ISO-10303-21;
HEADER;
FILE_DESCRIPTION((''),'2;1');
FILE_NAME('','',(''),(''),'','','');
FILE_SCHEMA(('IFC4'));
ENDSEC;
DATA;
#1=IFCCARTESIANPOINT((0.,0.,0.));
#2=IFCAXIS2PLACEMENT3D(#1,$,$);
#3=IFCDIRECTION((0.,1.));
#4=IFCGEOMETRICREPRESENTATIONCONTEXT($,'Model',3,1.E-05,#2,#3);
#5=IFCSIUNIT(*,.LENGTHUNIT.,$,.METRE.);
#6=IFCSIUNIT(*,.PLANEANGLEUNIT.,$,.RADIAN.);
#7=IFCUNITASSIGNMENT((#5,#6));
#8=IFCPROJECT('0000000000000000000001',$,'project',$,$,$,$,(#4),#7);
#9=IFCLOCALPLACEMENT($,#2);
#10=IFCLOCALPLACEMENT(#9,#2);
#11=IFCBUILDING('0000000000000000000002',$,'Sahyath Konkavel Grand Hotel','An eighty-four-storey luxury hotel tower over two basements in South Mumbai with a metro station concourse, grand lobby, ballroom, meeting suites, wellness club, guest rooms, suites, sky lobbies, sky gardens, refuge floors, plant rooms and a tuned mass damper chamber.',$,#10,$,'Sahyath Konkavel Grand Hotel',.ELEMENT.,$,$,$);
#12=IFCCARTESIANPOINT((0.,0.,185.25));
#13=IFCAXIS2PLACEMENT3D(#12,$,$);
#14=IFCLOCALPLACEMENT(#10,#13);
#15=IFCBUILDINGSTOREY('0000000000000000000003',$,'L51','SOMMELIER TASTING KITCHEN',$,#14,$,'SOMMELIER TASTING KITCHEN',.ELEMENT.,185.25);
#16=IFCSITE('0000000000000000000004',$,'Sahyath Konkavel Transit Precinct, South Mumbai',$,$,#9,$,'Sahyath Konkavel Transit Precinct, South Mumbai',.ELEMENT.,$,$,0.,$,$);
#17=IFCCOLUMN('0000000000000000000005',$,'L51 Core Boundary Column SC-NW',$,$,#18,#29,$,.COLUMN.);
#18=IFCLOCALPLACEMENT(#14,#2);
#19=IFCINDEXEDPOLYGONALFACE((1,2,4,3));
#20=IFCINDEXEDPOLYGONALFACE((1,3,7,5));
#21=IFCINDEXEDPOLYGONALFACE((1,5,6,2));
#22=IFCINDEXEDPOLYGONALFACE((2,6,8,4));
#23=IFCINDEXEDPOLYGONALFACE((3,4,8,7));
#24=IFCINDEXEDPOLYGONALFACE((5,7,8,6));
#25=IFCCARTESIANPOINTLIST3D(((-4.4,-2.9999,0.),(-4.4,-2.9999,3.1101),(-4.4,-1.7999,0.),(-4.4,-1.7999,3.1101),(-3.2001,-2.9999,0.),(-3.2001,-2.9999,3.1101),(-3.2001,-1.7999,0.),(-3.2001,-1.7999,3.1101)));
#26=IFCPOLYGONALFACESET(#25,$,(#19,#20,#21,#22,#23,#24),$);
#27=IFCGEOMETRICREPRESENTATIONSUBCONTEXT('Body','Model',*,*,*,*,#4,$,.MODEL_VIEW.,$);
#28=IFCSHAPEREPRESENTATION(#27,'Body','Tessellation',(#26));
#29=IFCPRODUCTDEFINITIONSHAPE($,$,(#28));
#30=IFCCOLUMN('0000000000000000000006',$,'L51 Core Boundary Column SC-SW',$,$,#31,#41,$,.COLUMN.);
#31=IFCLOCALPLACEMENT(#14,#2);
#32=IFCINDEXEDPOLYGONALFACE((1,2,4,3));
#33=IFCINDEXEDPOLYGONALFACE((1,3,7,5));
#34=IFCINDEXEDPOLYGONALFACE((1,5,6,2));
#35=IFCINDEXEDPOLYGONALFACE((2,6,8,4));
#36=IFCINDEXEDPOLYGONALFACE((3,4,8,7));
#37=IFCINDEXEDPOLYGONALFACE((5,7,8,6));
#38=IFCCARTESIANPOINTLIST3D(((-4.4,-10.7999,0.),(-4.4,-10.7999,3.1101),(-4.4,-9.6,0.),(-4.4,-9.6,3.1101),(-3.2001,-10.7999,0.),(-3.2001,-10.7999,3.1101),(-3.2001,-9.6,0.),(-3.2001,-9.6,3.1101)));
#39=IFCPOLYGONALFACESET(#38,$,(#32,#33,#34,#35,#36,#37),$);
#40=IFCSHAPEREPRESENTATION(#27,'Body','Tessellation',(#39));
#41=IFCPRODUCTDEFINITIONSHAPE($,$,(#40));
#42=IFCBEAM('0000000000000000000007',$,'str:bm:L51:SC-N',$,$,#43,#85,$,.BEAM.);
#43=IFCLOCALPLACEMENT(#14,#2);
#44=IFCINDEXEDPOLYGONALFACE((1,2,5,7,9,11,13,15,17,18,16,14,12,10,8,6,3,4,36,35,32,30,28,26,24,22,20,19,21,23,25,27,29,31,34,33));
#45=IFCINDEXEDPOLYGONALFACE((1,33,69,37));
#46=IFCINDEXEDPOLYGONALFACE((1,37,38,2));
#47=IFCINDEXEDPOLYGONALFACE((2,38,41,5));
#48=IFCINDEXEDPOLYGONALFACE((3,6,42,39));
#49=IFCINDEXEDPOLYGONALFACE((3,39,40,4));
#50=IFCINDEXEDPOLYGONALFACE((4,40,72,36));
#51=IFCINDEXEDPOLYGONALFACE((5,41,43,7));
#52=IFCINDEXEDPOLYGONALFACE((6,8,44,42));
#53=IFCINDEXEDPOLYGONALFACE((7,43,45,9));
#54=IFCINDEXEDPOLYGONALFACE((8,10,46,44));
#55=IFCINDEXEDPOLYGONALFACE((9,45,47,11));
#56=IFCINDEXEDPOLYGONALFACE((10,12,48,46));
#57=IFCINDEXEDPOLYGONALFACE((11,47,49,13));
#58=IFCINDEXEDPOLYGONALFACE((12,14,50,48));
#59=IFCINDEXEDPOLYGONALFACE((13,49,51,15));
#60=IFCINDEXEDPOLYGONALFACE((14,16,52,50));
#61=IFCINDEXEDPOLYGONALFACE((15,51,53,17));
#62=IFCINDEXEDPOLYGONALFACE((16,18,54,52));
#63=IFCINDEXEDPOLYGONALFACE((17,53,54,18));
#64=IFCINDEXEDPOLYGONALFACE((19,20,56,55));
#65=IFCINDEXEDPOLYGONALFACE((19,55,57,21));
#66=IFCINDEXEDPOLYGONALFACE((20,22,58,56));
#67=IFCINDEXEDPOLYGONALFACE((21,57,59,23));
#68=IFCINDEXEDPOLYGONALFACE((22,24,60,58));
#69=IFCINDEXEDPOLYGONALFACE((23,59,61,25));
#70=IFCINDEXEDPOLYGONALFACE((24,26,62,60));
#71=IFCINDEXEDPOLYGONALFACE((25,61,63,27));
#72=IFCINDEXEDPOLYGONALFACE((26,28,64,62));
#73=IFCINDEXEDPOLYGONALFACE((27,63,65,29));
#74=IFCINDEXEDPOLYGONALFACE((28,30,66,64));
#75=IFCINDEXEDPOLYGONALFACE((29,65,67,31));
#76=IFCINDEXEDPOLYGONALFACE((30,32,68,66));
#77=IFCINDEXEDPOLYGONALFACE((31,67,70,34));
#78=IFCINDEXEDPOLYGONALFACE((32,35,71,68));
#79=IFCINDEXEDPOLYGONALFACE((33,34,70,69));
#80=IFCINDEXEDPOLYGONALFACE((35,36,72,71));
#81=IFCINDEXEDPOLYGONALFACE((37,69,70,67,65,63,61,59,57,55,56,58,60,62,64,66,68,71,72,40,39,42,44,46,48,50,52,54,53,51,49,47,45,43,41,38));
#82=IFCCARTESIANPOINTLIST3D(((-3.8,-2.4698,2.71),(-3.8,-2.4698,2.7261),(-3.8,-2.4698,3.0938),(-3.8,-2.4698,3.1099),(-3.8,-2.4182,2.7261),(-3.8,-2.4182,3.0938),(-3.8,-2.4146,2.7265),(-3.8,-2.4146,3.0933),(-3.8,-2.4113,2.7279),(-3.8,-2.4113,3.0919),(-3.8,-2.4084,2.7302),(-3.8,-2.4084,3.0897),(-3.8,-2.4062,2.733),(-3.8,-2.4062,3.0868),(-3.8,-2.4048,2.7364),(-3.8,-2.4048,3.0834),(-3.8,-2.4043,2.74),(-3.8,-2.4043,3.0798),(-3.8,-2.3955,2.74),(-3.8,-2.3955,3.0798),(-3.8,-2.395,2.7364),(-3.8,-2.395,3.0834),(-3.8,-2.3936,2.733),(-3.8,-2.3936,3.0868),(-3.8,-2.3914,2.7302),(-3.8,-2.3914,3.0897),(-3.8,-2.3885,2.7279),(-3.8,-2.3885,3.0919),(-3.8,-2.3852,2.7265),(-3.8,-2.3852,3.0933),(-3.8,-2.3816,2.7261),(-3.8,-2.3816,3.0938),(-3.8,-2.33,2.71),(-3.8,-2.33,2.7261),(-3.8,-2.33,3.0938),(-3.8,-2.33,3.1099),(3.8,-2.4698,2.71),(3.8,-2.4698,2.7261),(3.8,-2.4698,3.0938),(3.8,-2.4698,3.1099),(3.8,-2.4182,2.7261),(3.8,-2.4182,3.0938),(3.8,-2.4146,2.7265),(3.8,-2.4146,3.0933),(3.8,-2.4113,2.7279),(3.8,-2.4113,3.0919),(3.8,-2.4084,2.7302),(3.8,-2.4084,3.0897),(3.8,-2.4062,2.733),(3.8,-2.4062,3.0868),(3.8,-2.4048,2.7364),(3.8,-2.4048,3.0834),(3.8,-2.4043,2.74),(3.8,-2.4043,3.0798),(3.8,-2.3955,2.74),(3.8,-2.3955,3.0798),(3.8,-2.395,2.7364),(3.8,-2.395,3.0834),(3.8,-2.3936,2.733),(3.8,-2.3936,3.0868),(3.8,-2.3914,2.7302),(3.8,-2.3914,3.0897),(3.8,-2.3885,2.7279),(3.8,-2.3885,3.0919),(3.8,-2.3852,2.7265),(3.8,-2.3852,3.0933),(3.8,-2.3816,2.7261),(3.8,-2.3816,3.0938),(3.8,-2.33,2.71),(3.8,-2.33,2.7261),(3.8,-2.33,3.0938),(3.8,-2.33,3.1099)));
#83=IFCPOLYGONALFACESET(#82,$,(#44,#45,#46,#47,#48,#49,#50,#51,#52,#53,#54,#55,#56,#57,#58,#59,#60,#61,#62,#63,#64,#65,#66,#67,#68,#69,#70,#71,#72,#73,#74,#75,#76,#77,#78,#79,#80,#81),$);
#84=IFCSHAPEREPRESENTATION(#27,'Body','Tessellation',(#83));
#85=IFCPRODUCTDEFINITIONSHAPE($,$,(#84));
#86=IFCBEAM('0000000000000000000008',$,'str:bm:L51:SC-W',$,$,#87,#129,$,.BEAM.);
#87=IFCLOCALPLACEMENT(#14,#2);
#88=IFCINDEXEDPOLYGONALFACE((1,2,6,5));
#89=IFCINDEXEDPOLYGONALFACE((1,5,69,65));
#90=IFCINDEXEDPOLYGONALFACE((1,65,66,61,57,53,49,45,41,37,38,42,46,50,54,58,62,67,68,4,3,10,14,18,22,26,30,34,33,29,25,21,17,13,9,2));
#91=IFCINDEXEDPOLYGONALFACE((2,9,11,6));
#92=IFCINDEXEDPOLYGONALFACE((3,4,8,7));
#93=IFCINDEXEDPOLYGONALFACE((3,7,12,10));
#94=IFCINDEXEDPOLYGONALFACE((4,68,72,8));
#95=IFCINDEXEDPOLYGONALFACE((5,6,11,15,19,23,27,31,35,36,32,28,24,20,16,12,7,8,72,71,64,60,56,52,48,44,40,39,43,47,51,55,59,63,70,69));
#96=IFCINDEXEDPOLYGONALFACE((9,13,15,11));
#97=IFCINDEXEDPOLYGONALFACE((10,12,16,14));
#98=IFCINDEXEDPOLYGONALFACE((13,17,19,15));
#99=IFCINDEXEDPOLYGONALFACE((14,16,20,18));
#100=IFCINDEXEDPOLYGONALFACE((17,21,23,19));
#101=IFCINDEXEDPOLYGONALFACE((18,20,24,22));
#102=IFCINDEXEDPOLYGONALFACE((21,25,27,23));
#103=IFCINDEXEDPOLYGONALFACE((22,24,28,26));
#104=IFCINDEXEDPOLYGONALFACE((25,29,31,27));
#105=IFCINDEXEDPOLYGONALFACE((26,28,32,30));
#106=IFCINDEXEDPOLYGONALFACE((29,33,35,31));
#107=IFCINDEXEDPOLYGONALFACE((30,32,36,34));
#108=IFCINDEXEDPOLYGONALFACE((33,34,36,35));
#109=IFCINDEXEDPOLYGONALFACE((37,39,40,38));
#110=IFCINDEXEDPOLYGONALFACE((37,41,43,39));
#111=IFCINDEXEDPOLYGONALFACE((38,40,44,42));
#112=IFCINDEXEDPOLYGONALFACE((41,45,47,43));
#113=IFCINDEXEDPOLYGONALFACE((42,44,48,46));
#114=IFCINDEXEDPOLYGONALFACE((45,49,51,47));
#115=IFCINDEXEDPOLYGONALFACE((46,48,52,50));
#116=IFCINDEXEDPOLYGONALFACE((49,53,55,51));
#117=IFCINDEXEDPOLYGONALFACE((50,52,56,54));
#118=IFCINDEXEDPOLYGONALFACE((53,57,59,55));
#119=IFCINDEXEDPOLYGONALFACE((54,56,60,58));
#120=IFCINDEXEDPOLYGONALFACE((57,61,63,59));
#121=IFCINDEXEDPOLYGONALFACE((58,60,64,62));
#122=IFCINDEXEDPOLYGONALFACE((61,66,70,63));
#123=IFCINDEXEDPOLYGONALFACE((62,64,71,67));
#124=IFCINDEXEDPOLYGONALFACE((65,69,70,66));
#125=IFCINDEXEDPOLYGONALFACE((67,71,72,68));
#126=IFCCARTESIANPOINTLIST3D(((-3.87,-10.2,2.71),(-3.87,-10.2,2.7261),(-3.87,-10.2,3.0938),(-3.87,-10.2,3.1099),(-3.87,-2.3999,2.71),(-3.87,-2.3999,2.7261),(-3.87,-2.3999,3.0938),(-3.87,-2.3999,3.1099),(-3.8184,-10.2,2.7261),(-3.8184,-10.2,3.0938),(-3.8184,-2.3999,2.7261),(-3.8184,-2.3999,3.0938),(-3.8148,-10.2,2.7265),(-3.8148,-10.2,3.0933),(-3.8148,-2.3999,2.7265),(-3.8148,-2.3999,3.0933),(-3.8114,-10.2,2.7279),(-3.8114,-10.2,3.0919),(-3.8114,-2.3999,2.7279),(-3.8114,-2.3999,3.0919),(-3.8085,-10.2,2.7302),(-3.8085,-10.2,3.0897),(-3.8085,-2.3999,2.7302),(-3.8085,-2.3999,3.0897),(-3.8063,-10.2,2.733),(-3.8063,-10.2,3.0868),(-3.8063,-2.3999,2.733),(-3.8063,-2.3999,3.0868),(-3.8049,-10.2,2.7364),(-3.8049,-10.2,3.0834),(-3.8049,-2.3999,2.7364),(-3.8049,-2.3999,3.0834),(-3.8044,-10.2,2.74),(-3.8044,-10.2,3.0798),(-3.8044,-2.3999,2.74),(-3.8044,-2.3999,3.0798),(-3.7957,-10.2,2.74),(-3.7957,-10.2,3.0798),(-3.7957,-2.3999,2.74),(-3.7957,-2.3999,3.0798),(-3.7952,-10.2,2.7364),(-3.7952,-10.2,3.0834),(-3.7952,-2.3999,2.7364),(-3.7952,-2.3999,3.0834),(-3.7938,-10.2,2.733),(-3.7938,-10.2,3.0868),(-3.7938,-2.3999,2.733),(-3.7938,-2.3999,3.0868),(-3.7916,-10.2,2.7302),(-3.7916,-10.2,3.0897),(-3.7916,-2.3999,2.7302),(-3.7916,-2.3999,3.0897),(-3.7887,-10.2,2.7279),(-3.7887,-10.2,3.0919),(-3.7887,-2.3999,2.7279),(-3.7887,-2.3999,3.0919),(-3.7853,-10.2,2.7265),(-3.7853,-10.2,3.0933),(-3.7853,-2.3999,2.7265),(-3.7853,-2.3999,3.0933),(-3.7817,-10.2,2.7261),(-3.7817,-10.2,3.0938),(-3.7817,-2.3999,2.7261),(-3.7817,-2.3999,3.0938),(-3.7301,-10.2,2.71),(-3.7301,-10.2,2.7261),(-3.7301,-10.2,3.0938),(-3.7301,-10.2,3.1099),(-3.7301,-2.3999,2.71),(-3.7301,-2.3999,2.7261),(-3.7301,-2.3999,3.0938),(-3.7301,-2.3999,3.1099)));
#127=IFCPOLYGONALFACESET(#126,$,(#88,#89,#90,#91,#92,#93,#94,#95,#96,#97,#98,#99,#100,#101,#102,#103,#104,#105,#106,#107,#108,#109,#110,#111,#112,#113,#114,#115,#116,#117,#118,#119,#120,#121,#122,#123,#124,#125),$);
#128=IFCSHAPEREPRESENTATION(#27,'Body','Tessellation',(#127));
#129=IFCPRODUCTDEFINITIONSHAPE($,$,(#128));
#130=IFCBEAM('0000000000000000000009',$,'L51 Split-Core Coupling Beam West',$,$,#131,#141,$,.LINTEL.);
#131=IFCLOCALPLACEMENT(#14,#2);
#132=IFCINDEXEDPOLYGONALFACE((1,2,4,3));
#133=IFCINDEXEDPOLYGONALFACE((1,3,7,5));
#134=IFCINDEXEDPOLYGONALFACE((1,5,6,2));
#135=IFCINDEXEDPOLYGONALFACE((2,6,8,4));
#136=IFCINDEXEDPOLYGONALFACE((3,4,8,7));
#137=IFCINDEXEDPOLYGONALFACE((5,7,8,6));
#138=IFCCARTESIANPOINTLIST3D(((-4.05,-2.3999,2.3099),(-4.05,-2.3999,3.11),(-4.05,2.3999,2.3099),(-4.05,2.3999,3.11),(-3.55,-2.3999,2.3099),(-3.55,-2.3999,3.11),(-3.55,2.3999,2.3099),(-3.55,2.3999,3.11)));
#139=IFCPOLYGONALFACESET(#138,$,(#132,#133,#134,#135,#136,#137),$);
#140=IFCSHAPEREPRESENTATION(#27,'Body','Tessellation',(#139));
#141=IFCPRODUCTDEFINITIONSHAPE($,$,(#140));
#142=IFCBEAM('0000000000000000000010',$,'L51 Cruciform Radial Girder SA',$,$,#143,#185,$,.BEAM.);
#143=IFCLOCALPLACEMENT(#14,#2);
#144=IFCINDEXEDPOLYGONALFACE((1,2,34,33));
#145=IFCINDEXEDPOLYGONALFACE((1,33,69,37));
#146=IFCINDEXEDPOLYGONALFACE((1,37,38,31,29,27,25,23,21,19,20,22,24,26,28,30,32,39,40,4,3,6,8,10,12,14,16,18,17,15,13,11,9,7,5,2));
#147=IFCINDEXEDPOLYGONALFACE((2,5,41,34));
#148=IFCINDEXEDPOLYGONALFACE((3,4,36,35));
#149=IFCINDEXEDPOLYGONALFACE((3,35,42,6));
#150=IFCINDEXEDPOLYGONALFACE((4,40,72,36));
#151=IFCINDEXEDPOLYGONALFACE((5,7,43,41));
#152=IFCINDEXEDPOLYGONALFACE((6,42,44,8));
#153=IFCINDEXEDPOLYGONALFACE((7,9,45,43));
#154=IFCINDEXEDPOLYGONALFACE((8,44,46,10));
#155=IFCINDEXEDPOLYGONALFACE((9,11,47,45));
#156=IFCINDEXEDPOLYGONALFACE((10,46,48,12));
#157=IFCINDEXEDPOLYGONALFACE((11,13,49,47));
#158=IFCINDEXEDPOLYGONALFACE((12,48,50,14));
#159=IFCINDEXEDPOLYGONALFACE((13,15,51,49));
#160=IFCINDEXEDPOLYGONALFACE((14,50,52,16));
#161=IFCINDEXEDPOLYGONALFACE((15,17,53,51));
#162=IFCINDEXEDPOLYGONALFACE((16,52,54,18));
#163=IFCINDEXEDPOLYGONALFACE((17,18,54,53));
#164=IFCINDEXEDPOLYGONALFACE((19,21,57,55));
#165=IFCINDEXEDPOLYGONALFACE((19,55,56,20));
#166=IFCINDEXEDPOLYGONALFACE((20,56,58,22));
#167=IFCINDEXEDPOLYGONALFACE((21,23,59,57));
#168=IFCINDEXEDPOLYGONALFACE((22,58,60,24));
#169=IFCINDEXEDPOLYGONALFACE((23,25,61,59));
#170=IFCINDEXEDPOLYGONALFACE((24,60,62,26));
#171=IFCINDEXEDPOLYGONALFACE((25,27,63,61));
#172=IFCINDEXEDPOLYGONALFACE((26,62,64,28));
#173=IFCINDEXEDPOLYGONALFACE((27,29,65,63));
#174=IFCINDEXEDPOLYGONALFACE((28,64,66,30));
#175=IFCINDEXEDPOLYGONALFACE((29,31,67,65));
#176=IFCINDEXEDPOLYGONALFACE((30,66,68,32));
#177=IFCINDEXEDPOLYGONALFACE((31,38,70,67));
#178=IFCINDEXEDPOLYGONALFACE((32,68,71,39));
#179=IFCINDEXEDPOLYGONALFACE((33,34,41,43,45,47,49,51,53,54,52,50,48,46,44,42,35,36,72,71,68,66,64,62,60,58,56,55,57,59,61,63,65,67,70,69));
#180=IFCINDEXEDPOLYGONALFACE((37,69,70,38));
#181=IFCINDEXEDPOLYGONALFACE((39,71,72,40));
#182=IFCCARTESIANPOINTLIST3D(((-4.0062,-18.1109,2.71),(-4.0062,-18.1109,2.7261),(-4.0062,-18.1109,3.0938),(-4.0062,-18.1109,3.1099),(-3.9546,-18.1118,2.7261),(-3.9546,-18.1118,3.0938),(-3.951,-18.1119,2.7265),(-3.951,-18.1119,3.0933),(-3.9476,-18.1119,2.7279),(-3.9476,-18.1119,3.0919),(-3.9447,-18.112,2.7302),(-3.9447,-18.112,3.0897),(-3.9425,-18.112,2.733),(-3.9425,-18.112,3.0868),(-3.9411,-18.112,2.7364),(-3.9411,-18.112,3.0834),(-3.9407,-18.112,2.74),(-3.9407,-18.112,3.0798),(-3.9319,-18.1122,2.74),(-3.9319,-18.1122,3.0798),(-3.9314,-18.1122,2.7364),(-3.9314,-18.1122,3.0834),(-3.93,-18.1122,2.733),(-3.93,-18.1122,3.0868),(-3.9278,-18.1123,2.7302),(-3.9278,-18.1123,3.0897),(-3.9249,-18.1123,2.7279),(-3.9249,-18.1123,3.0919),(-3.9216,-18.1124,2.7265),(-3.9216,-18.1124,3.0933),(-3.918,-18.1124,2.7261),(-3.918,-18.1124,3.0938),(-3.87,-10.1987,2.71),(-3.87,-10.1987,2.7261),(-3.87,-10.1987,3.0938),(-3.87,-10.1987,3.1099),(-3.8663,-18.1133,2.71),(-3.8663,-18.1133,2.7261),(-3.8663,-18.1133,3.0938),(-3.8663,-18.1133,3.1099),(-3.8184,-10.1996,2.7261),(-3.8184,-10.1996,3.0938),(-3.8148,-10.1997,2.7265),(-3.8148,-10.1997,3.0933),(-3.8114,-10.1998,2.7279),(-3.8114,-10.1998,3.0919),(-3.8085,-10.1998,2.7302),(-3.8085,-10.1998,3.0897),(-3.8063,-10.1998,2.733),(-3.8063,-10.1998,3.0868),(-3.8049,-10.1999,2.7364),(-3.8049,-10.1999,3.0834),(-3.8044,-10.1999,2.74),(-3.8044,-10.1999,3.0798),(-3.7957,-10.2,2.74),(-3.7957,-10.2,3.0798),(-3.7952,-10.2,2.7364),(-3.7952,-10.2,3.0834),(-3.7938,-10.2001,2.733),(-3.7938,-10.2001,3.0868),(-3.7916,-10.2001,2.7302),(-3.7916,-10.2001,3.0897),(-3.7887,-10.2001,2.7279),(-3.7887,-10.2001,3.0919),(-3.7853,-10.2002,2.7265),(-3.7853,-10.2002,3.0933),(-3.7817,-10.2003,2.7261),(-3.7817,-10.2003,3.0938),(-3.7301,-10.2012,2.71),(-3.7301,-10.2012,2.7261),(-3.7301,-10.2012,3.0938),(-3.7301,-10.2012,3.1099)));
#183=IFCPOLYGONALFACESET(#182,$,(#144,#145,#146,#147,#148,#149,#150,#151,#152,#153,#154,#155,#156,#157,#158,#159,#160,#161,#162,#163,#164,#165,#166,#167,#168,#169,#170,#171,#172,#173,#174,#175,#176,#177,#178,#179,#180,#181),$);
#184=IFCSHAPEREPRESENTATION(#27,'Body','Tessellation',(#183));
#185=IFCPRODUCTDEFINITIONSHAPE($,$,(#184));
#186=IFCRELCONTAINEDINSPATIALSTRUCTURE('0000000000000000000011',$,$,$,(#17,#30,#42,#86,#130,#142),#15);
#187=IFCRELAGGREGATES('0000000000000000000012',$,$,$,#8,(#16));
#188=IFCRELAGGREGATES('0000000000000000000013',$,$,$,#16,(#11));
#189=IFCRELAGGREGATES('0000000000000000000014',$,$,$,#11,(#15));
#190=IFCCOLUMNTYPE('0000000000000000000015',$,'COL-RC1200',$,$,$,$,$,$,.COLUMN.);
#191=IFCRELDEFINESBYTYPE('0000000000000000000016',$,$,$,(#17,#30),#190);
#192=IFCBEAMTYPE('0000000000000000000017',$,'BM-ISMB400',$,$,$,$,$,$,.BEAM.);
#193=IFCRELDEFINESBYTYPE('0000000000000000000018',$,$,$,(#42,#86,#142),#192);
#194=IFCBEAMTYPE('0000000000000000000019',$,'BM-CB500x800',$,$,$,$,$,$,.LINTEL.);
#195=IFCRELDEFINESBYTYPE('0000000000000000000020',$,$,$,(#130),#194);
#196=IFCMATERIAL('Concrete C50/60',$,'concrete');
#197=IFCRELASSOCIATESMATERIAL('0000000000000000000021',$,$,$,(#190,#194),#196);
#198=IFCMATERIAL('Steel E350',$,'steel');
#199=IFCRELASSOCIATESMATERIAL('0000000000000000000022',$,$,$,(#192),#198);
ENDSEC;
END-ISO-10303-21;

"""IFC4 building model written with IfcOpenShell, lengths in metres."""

from ifc_helpers import new_model, si_unit, direction, frame, origin, origin_2d, place, context, subcontext, project, spatial, rectangle, i_section, extrude, source, transform, mapped, material, material_profile, profile_set, type_object, element, save


model = new_model("IFC4")

# Units and contexts
model_context = context("Model", 3, precision=1e-05, world=origin(), true_north=direction((0.0, 1.0)))
body_context = subcontext(model_context, "Body", "Model", "MODEL_VIEW")
ifc_project = project(units=[si_unit("LENGTHUNIT", "METRE"), si_unit("PLANEANGLEUNIT", "RADIAN")], contexts=[model_context])

# Site, building, storey
site_placement = place(None, origin())
site = spatial("IfcSite", under=ifc_project, at=site_placement, Name="Sahyath Konkavel Transit Precinct, South Mumbai", LongName="Sahyath Konkavel Transit Precinct, South Mumbai", CompositionType="ELEMENT", RefElevation=0.0)
building_placement = place(site_placement, origin())
building = spatial("IfcBuilding", under=site, at=building_placement, Name="Sahyath Konkavel Grand Hotel", Description="An eighty-four-storey luxury hotel tower over two basements in South Mumbai with a metro station concourse, grand lobby, ballroom, meeting suites, wellness club, guest rooms, suites, sky lobbies, sky gardens, refuge floors, plant rooms and a tuned mass damper chamber.", LongName="Sahyath Konkavel Grand Hotel", CompositionType="ELEMENT")
storey_placement = place(building_placement, frame((0.0, 0.0, 185.25)))
storey = spatial("IfcBuildingStorey", under=building, at=storey_placement, Name="L51", Description="SOMMELIER TASTING KITCHEN", LongName="SOMMELIER TASTING KITCHEN", CompositionType="ELEMENT", Elevation=185.25)

# Columns
ifc_material_1 = material(Name="Concrete C50/60", Category="concrete")
ifc_material_profile_1 = material_profile(ifc_material_1, rectangle(XDim=1.2, YDim=1.2, at=origin_2d()), Name="RC 1200x1200")
ifc_profile_set_1 = profile_set([ifc_material_profile_1], Name="Concrete C50/60")
column_type = type_object("IfcColumnType", Name="COL-RC1200", PredefinedType="COLUMN", material=ifc_profile_set_1)
shared_shape_1 = source(origin(), body_context, "Body", "SweptSolid", [
    extrude(rectangle(XDim=1.2, YDim=1.2, at=origin_2d()), origin(), (0.0, 0.0, 1.0), 3.1101),
])
for number, where, z_axis, x_axis, name in (
    (1, (-3.8, -2.3999, 0.0), (0.0, 0.0, 1.0), (1.0, 0.0, 0.0), "L51 Core Boundary Column SC-NW"),
    (2, (-3.8, -10.2, 0.0), (0.0, 0.0, 1.0), (1.0, 0.0, 0.0), "L51 Core Boundary Column SC-SW"),
):
    element("IfcColumn", number, at=place(storey_placement, frame(where, z_axis=z_axis, x_axis=x_axis)), inside=storey, type_object=column_type, Name=name, PredefinedType="COLUMN", context=body_context, shape_type="MappedRepresentation", body=[
        mapped(shared_shape_1, transform((0.0, 0.0, 0.0), scale=1.0)),
    ])

# Beams
ifc_material_2 = material(Name="Steel E350", Category="steel")
ifc_material_profile_2 = material_profile(ifc_material_2, i_section(OverallWidth=0.1399, OverallDepth=0.3999, WebThickness=0.0088, FlangeThickness=0.0161, FilletRadius=0.0139, at=origin_2d()), Name="ISMB 400")
ifc_profile_set_2 = profile_set([ifc_material_profile_2], Name="Steel E350")
beam_type_1 = type_object("IfcBeamType", Name="BM-ISMB400", PredefinedType="BEAM", material=ifc_profile_set_2)
shared_shape_2 = source(origin(), body_context, "Body", "SweptSolid", [
    extrude(i_section(OverallWidth=0.1399, OverallDepth=0.3999, WebThickness=0.0088, FlangeThickness=0.0161, FilletRadius=0.0139, at=origin_2d()), origin(), (0.0, 0.0, 1.0), 7.6001),
])
beam_1_placement = place(storey_placement, frame((-3.8, -2.3999, 2.9099), z_axis=(1.0, 0.0, 0.0), x_axis=(0.0, 1.0, 0.0)))
element("IfcBeam", 3, at=beam_1_placement, inside=storey, type_object=beam_type_1, Name="str:bm:L51:SC-N", PredefinedType="BEAM", context=body_context, shape_type="MappedRepresentation", body=[
    mapped(shared_shape_2, transform((0.0, 0.0, 0.0), scale=1.0)),
])
shared_shape_3 = source(origin(), body_context, "Body", "SweptSolid", [
    extrude(i_section(OverallWidth=0.1399, OverallDepth=0.3999, WebThickness=0.0088, FlangeThickness=0.0161, FilletRadius=0.0139, at=origin_2d()), origin(), (0.0, 0.0, 1.0), 7.8),
])
beam_2_placement = place(storey_placement, frame((-3.8, -10.2, 2.9099), z_axis=(0.0, 1.0, 0.0), x_axis=(-1.0, 0.0, 0.0)))
element("IfcBeam", 4, at=beam_2_placement, inside=storey, type_object=beam_type_1, Name="str:bm:L51:SC-W", PredefinedType="BEAM", context=body_context, shape_type="MappedRepresentation", body=[
    mapped(shared_shape_3, transform((0.0, 0.0, 0.0), scale=1.0)),
])
ifc_material_profile_3 = material_profile(ifc_material_1, rectangle(XDim=0.5, YDim=0.8, at=origin_2d()), Name="RC 500x800")
ifc_profile_set_3 = profile_set([ifc_material_profile_3], Name="Concrete C50/60")
beam_type_2 = type_object("IfcBeamType", Name="BM-CB500x800", PredefinedType="LINTEL", material=ifc_profile_set_3)
shared_shape_4 = source(origin(), body_context, "Body", "SweptSolid", [
    extrude(rectangle(XDim=0.5, YDim=0.8, at=origin_2d()), origin(), (0.0, 0.0, 1.0), 4.7998),
])
beam_3_placement = place(storey_placement, frame((-3.8, -2.3999, 2.71), z_axis=(0.0, 1.0, 0.0), x_axis=(-1.0, 0.0, 0.0)))
element("IfcBeam", 5, at=beam_3_placement, inside=storey, type_object=beam_type_2, Name="L51 Split-Core Coupling Beam West", PredefinedType="LINTEL", context=body_context, shape_type="MappedRepresentation", body=[
    mapped(shared_shape_4, transform((0.0, 0.0, 0.0), scale=1.0)),
])
shared_shape_5 = source(origin(), body_context, "Body", "SweptSolid", [
    extrude(i_section(OverallWidth=0.1399, OverallDepth=0.3999, WebThickness=0.0088, FlangeThickness=0.0161, FilletRadius=0.0139, at=origin_2d()), origin(), (0.0, 0.0, 1.0), 7.9133),
])
beam_4_placement = place(storey_placement, frame((-3.8, -10.2, 2.9099), z_axis=(-0.017215, -0.999852, 0.0), x_axis=(0.999852, -0.017215, 0.0)))
element("IfcBeam", 6, at=beam_4_placement, inside=storey, type_object=beam_type_1, Name="L51 Cruciform Radial Girder SA", PredefinedType="BEAM", context=body_context, shape_type="MappedRepresentation", body=[
    mapped(shared_shape_5, transform((0.0, 0.0, 0.0), scale=1.0)),
])

save(model, "model.ifc")
